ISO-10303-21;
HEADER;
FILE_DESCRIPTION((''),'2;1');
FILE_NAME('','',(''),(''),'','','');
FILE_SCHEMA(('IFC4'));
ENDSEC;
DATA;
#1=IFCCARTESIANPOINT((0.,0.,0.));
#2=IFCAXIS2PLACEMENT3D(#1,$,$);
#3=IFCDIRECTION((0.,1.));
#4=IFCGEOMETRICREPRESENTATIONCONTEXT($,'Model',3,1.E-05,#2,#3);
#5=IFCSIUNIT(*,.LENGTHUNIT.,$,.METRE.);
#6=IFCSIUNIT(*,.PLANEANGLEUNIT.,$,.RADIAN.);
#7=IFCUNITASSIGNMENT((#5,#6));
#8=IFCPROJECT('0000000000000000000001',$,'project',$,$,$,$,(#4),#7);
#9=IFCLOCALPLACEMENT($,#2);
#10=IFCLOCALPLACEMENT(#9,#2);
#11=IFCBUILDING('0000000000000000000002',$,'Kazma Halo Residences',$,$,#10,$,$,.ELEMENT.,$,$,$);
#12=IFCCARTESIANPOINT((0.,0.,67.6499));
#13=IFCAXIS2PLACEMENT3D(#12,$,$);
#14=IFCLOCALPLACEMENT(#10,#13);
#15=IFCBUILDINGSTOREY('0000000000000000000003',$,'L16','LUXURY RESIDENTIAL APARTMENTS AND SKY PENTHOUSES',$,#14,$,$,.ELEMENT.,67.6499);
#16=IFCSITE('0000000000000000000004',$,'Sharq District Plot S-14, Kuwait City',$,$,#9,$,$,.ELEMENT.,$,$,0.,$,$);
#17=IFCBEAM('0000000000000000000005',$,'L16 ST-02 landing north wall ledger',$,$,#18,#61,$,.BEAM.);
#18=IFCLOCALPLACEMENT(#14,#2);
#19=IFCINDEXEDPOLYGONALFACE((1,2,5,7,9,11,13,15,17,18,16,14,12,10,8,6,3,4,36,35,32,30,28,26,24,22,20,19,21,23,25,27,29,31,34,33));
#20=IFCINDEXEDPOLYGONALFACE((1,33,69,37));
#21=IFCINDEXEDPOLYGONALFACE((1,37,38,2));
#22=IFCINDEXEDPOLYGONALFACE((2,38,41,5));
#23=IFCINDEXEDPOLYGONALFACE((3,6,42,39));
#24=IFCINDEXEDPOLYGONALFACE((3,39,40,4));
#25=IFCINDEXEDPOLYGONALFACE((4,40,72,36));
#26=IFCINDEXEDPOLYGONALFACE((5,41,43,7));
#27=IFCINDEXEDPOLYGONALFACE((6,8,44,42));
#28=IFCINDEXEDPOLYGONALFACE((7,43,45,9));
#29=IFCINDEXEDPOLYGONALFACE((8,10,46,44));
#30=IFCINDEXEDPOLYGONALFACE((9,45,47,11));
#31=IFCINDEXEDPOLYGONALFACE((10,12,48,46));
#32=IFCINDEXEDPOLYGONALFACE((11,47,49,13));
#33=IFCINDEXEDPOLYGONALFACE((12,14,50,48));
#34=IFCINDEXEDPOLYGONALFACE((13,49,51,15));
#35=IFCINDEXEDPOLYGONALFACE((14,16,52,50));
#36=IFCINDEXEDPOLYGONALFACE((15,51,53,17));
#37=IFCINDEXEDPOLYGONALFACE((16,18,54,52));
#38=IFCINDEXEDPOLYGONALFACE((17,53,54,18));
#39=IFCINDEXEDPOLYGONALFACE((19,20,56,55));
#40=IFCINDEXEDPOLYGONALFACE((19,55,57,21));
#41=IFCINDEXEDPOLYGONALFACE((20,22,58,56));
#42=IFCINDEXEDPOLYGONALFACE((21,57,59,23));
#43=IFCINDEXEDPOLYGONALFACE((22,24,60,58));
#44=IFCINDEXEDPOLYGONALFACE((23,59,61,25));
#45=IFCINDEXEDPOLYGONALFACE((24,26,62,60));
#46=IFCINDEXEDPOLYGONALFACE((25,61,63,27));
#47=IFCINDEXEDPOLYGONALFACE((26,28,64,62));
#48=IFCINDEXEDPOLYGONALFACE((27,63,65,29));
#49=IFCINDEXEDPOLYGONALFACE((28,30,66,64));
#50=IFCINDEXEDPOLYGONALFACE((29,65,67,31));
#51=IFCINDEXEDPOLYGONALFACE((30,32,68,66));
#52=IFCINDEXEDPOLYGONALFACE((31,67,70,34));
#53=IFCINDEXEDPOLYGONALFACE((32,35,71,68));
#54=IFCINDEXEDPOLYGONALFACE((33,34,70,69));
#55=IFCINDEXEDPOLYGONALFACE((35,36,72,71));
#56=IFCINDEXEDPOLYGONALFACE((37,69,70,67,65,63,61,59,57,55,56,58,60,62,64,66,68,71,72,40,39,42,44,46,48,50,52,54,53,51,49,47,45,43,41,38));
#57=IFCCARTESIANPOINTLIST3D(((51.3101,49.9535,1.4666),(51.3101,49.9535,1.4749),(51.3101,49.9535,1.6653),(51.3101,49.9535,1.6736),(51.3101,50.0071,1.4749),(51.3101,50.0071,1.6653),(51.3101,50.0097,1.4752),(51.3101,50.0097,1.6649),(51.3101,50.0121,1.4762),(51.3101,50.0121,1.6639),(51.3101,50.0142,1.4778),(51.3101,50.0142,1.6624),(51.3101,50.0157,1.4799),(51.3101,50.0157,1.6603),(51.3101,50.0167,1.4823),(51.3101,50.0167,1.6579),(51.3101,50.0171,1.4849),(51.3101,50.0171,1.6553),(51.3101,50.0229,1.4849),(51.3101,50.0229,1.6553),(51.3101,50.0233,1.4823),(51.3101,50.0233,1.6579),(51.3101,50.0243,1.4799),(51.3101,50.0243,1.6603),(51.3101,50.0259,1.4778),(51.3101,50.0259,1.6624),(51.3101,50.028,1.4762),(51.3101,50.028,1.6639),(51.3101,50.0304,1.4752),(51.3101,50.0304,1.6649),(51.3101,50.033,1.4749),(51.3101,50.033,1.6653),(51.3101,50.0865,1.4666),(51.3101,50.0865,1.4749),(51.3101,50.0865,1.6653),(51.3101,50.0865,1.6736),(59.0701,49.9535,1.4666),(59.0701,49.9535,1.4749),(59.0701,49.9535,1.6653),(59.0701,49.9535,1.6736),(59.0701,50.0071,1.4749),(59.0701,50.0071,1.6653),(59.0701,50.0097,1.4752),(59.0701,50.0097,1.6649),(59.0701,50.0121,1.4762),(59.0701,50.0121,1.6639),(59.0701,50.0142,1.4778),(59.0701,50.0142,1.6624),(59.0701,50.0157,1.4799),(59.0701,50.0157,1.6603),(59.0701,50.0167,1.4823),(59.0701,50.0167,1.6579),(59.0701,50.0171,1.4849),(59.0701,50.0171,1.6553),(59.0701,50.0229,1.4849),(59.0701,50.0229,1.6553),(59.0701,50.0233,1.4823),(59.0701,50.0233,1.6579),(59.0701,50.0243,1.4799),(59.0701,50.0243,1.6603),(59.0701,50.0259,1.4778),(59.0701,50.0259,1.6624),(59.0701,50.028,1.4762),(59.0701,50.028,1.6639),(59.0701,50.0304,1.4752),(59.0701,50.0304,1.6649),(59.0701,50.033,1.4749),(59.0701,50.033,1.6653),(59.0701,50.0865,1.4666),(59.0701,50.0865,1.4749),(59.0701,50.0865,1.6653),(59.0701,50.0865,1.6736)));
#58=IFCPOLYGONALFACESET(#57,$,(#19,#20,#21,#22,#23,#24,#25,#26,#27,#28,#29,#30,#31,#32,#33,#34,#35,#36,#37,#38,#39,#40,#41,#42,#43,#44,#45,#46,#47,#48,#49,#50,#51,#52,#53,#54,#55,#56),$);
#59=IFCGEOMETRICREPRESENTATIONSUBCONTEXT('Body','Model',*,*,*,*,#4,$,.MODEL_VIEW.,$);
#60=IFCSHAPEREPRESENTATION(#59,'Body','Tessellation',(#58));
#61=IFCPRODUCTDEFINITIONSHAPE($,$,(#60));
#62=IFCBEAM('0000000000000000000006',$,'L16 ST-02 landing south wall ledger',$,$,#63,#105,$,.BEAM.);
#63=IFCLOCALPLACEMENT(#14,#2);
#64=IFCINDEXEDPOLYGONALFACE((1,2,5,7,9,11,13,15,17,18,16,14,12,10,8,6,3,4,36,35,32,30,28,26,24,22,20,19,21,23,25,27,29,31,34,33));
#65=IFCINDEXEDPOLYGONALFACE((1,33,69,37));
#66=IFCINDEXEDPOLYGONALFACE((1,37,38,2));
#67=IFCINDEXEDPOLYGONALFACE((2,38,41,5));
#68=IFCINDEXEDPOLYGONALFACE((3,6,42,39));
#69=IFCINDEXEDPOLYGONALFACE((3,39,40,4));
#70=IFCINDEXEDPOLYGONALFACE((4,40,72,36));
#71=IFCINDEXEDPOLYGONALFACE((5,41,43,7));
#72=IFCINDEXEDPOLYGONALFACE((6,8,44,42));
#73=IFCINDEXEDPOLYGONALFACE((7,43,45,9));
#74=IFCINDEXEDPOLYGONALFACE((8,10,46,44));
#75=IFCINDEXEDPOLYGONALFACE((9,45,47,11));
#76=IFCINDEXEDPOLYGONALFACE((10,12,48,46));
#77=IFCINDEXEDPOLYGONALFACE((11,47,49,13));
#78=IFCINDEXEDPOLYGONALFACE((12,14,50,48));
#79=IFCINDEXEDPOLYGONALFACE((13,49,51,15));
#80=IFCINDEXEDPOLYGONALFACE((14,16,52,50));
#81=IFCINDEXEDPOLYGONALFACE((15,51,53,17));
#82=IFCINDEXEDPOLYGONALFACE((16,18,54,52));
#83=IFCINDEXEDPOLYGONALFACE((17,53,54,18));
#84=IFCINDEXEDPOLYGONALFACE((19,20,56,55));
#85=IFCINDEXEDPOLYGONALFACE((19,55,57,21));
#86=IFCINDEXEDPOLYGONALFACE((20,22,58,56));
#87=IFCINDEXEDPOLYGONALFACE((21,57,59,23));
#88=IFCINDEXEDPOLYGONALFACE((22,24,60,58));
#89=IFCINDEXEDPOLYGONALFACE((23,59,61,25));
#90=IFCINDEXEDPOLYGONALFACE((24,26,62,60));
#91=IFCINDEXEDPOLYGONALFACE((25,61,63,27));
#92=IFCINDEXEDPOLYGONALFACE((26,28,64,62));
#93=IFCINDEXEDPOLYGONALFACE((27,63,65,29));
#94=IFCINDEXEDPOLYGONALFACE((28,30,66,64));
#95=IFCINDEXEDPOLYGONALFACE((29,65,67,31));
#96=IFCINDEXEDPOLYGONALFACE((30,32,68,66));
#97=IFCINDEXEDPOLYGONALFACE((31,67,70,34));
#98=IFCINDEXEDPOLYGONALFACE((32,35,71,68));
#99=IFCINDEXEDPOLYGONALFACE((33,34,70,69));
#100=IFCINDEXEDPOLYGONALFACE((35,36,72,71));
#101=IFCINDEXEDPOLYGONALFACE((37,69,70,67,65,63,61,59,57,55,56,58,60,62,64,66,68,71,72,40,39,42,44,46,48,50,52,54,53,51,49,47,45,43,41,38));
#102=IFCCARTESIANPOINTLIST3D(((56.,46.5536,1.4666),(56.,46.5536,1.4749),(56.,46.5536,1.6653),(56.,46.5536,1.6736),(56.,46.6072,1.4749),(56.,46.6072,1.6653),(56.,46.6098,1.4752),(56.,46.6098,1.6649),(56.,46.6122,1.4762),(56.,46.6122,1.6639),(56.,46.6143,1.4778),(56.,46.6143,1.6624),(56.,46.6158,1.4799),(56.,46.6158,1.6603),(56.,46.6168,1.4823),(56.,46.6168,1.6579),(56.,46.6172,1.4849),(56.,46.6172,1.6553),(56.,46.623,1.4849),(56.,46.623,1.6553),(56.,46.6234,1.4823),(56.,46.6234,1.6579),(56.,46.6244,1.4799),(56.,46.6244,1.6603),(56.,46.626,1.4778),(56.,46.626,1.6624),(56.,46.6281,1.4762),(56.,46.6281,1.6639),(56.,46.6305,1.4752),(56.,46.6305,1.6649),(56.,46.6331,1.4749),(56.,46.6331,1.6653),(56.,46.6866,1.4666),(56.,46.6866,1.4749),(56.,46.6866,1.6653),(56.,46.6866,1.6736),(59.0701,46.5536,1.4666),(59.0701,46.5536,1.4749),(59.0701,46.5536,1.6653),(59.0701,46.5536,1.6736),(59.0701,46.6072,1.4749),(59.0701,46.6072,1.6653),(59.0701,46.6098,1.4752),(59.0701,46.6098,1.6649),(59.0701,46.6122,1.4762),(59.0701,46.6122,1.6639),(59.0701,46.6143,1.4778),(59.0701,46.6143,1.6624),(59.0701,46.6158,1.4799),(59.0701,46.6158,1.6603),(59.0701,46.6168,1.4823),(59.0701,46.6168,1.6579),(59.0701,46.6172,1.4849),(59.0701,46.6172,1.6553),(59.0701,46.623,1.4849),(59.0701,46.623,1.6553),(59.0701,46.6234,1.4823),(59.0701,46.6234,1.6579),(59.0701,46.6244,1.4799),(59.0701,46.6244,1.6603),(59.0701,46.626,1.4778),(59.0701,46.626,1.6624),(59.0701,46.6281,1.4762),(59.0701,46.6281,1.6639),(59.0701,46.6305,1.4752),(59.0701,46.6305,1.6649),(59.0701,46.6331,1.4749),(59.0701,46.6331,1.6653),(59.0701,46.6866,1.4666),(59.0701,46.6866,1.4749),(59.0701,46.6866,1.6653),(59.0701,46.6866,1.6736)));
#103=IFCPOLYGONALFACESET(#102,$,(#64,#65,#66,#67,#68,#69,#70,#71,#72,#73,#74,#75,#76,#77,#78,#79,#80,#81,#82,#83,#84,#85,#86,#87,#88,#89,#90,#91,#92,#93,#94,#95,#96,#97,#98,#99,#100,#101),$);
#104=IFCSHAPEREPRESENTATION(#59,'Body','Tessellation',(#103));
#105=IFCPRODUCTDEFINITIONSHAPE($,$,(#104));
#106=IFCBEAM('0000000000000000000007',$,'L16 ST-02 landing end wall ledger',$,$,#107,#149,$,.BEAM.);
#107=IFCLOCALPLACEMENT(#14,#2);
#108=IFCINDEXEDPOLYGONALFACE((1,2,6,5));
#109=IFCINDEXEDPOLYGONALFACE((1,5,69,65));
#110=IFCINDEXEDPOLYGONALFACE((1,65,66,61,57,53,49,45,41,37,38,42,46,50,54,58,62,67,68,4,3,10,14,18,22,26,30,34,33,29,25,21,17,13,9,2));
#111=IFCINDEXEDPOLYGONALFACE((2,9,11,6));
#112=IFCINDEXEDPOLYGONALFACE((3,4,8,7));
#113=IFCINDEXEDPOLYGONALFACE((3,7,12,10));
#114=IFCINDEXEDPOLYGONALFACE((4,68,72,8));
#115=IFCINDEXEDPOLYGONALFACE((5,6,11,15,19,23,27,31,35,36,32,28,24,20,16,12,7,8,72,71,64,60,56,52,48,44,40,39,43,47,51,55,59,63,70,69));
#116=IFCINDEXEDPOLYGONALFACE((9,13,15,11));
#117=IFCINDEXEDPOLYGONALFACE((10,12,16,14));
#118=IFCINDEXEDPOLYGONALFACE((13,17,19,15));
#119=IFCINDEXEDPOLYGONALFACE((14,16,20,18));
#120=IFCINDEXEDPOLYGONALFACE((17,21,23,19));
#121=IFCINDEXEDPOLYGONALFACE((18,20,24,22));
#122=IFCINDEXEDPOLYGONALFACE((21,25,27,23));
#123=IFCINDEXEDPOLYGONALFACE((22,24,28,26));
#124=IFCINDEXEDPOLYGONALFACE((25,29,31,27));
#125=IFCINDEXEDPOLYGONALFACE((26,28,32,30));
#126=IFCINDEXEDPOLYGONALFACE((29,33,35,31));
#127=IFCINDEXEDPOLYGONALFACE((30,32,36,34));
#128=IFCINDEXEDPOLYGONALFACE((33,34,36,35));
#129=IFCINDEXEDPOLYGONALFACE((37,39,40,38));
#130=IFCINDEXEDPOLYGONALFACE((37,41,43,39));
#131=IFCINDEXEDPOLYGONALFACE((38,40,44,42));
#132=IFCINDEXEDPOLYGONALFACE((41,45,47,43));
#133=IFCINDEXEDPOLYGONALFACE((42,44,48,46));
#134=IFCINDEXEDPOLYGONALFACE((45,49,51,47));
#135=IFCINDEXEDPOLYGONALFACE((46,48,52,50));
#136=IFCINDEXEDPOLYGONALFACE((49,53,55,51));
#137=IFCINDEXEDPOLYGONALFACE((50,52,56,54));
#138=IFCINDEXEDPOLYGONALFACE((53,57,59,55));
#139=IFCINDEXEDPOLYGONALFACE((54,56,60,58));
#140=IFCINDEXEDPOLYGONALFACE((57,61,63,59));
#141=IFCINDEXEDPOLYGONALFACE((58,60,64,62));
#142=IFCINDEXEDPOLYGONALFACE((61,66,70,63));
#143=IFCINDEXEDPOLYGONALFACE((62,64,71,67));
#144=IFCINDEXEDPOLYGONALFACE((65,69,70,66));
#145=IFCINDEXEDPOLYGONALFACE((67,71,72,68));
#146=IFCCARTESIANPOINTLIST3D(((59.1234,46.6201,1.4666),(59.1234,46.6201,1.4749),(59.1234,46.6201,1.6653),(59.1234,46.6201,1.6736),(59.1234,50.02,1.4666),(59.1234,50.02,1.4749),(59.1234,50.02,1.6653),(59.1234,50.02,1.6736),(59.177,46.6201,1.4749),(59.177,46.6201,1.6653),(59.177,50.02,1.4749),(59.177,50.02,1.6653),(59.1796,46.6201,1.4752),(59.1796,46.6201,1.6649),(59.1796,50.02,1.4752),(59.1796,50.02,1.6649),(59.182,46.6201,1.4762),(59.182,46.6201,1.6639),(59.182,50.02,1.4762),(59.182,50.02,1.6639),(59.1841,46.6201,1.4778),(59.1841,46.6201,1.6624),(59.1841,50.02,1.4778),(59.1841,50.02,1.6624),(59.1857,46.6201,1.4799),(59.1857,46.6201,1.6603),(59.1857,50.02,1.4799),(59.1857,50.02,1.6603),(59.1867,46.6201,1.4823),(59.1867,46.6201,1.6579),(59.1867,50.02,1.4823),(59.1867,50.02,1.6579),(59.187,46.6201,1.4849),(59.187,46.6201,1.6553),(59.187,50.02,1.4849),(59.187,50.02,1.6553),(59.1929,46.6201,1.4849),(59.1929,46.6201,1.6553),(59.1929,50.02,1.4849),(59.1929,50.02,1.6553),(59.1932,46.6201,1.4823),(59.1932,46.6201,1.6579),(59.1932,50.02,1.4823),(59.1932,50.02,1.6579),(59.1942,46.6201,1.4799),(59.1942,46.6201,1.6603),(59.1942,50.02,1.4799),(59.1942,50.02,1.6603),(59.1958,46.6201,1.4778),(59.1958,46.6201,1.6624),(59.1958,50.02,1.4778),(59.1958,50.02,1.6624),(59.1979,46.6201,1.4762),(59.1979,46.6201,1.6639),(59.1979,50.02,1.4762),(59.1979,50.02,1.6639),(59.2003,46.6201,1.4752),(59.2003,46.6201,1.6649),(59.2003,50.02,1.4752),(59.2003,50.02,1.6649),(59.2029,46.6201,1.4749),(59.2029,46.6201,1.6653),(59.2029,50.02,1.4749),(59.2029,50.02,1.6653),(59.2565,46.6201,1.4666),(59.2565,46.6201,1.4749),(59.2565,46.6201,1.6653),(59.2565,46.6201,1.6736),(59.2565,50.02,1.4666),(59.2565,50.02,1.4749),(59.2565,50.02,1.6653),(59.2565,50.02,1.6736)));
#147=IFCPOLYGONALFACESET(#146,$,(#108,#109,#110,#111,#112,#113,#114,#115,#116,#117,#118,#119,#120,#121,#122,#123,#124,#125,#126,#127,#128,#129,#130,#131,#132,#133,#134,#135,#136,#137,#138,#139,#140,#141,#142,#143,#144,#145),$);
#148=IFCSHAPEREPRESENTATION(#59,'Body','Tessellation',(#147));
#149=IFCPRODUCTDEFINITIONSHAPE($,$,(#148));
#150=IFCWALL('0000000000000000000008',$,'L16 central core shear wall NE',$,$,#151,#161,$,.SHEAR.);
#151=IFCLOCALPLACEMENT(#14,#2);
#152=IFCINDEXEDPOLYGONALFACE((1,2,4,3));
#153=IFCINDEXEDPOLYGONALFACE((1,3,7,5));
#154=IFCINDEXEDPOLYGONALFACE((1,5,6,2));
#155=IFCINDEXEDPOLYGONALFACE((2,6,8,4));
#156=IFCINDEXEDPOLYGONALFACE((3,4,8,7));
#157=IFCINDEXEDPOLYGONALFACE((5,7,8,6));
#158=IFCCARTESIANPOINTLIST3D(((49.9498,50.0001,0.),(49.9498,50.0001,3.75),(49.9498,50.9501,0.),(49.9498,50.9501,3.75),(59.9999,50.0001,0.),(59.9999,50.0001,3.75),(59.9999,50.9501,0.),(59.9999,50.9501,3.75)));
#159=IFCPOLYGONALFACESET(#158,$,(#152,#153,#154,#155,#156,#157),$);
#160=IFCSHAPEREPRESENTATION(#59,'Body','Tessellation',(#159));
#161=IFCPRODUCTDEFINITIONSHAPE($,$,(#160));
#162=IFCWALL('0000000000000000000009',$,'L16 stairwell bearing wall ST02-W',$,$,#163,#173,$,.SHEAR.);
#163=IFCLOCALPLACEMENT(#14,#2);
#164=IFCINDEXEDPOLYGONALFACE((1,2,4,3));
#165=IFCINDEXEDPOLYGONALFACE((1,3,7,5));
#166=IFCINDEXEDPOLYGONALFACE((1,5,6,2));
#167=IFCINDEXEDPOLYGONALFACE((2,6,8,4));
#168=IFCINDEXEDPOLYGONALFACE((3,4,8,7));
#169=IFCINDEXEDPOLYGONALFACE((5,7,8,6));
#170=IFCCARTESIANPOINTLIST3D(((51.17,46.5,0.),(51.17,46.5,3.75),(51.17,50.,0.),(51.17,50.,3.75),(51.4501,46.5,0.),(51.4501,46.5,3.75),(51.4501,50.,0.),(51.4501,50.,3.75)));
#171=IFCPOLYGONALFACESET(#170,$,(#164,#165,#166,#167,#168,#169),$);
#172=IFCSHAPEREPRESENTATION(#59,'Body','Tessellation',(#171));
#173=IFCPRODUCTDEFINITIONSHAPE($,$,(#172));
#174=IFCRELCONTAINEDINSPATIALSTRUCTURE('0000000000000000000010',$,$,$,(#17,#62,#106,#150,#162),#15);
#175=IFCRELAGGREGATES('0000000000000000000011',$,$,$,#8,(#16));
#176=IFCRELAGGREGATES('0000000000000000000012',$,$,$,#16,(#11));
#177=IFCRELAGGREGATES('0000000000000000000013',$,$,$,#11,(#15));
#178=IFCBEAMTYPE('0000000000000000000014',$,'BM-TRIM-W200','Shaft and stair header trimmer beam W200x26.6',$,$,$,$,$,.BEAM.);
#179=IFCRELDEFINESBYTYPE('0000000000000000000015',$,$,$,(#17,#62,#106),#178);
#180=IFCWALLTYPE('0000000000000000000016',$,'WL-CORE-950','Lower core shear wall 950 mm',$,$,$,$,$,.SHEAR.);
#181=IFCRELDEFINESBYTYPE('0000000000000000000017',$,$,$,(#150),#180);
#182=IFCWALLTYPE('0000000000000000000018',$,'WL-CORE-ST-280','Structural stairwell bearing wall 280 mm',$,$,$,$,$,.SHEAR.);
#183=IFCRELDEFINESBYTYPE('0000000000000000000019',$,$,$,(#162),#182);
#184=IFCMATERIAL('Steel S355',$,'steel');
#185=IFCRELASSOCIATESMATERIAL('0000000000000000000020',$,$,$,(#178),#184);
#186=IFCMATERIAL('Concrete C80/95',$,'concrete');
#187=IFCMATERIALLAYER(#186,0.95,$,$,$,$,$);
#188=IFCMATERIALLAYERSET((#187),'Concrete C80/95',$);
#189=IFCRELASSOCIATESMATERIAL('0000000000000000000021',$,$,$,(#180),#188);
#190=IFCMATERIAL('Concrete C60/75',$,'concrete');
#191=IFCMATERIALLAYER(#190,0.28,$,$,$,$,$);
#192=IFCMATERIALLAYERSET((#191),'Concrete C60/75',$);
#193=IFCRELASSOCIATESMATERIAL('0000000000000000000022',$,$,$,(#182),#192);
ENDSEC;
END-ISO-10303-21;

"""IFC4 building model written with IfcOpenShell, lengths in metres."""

from ifc_helpers import new_model, si_unit, direction, frame, frame_2d, origin, origin_2d, place, context, subcontext, project, spatial, rectangle, i_section, extrude, material, layer, layer_set, material_profile, profile_set, type_object, element, save


model = new_model("IFC4")

# Units and contexts
model_context = context("Model", 3, precision=1e-05, world=origin(), true_north=direction((0.0, 1.0)))
body_context = subcontext(model_context, "Body", "Model", "MODEL_VIEW")
ifc_project = project(units=[si_unit("LENGTHUNIT", "METRE"), si_unit("PLANEANGLEUNIT", "RADIAN")], contexts=[model_context])

# Site, building, storey
site_placement = place(None, origin())
site = spatial("IfcSite", under=ifc_project, at=site_placement, Name="Sharq District Plot S-14, Kuwait City", CompositionType="ELEMENT", RefElevation=0.0)
building_placement = place(site_placement, origin())
building = spatial("IfcBuilding", under=site, at=building_placement, Name="Kazma Halo Residences", CompositionType="ELEMENT")
storey_placement = place(building_placement, frame((0.0, 0.0, 67.6499)))
storey = spatial("IfcBuildingStorey", under=building, at=storey_placement, Name="L16", Description="LUXURY RESIDENTIAL APARTMENTS AND SKY PENTHOUSES", CompositionType="ELEMENT", Elevation=67.6499)

# Shared definitions
ifc_material_1 = material(Name="Steel S355", Category="steel")

# Beams
ifc_material_profile_1 = material_profile(ifc_material_1, i_section(OverallWidth=0.1331, OverallDepth=0.207, WebThickness=0.0059, FlangeThickness=0.0083, FilletRadius=0.01, at=origin_2d()), Name="W200x26.6")
ifc_profile_set_1 = profile_set([ifc_material_profile_1], Name="Steel S355")
beam_type_1 = type_object("IfcBeamType", Name="BM-TRIM-W200", Description="Shaft and stair header trimmer beam W200x26.6", PredefinedType="BEAM", material=ifc_profile_set_1)
beam_1_placement = place(storey_placement, frame((51.3101, 50.02, 1.5701), z_axis=(1.0, 0.0, 0.0), x_axis=(0.0, 1.0, 0.0)))
element("IfcBeam", 1, at=beam_1_placement, inside=storey, type_object=beam_type_1, Name="L16 ST-02 landing north wall ledger", PredefinedType="BEAM", context=body_context, shape_type="SweptSolid", body=[
    extrude(i_section(OverallWidth=0.1331, OverallDepth=0.207, WebThickness=0.0059, FlangeThickness=0.0083, FilletRadius=0.01, at=origin_2d()), origin(), (0.0, 0.0, 1.0), 7.76),
])
beam_2_placement = place(storey_placement, frame((56.0, 46.6201, 1.5701), z_axis=(1.0, 0.0, 0.0), x_axis=(0.0, 1.0, 0.0)))
element("IfcBeam", 2, at=beam_2_placement, inside=storey, type_object=beam_type_1, Name="L16 ST-02 landing south wall ledger", PredefinedType="BEAM", context=body_context, shape_type="SweptSolid", body=[
    extrude(i_section(OverallWidth=0.1331, OverallDepth=0.207, WebThickness=0.0059, FlangeThickness=0.0083, FilletRadius=0.01, at=origin_2d()), origin(), (0.0, 0.0, 1.0), 3.0701),
])
beam_3_placement = place(storey_placement, frame((59.1899, 46.6201, 1.5701), z_axis=(0.0, 1.0, 0.0), x_axis=(-1.0, 0.0, 0.0)))
element("IfcBeam", 3, at=beam_3_placement, inside=storey, type_object=beam_type_1, Name="L16 ST-02 landing end wall ledger", PredefinedType="BEAM", context=body_context, shape_type="SweptSolid", body=[
    extrude(i_section(OverallWidth=0.1331, OverallDepth=0.207, WebThickness=0.0059, FlangeThickness=0.0083, FilletRadius=0.01, at=origin_2d()), origin(), (0.0, 0.0, 1.0), 3.3999),
])

# Walls
ifc_material_2 = material(Name="Concrete C80/95", Category="concrete")
ifc_layer_1 = layer(ifc_material_2, 0.95)
ifc_layer_set_1 = layer_set([ifc_layer_1], Name="Concrete C80/95")
wall_type_1 = type_object("IfcWallType", Name="WL-CORE-950", Description="Lower core shear wall 950 mm", PredefinedType="SHEAR", material=ifc_layer_set_1)
wall_1_placement = place(storey_placement, frame((49.95, 50.4751, 0.0), z_axis=(0.0, 0.0, 1.0), x_axis=(1.0, 0.0, 0.0)))
element("IfcWall", 4, at=wall_1_placement, inside=storey, type_object=wall_type_1, Name="L16 central core shear wall NE", PredefinedType="SHEAR", context=body_context, shape_type="SweptSolid", body=[
    extrude(rectangle(XDim=10.05, YDim=0.95, at=frame_2d((5.0249, 0.0))), origin(), (0.0, 0.0, 1.0), 3.75),
])
ifc_material_3 = material(Name="Concrete C60/75", Category="concrete")
ifc_layer_2 = layer(ifc_material_3, 0.28)
ifc_layer_set_2 = layer_set([ifc_layer_2], Name="Concrete C60/75")
wall_type_2 = type_object("IfcWallType", Name="WL-CORE-ST-280", Description="Structural stairwell bearing wall 280 mm", PredefinedType="SHEAR", material=ifc_layer_set_2)
wall_2_placement = place(storey_placement, frame((51.3101, 46.5, 0.0), z_axis=(0.0, 0.0, 1.0), x_axis=(0.0, 1.0, 0.0)))
element("IfcWall", 5, at=wall_2_placement, inside=storey, type_object=wall_type_2, Name="L16 stairwell bearing wall ST02-W", PredefinedType="SHEAR", context=body_context, shape_type="SweptSolid", body=[
    extrude(rectangle(XDim=3.5, YDim=0.28, at=frame_2d((1.75, 0.0))), origin(), (0.0, 0.0, 1.0), 3.75),
])

save(model, "model.ifc")
